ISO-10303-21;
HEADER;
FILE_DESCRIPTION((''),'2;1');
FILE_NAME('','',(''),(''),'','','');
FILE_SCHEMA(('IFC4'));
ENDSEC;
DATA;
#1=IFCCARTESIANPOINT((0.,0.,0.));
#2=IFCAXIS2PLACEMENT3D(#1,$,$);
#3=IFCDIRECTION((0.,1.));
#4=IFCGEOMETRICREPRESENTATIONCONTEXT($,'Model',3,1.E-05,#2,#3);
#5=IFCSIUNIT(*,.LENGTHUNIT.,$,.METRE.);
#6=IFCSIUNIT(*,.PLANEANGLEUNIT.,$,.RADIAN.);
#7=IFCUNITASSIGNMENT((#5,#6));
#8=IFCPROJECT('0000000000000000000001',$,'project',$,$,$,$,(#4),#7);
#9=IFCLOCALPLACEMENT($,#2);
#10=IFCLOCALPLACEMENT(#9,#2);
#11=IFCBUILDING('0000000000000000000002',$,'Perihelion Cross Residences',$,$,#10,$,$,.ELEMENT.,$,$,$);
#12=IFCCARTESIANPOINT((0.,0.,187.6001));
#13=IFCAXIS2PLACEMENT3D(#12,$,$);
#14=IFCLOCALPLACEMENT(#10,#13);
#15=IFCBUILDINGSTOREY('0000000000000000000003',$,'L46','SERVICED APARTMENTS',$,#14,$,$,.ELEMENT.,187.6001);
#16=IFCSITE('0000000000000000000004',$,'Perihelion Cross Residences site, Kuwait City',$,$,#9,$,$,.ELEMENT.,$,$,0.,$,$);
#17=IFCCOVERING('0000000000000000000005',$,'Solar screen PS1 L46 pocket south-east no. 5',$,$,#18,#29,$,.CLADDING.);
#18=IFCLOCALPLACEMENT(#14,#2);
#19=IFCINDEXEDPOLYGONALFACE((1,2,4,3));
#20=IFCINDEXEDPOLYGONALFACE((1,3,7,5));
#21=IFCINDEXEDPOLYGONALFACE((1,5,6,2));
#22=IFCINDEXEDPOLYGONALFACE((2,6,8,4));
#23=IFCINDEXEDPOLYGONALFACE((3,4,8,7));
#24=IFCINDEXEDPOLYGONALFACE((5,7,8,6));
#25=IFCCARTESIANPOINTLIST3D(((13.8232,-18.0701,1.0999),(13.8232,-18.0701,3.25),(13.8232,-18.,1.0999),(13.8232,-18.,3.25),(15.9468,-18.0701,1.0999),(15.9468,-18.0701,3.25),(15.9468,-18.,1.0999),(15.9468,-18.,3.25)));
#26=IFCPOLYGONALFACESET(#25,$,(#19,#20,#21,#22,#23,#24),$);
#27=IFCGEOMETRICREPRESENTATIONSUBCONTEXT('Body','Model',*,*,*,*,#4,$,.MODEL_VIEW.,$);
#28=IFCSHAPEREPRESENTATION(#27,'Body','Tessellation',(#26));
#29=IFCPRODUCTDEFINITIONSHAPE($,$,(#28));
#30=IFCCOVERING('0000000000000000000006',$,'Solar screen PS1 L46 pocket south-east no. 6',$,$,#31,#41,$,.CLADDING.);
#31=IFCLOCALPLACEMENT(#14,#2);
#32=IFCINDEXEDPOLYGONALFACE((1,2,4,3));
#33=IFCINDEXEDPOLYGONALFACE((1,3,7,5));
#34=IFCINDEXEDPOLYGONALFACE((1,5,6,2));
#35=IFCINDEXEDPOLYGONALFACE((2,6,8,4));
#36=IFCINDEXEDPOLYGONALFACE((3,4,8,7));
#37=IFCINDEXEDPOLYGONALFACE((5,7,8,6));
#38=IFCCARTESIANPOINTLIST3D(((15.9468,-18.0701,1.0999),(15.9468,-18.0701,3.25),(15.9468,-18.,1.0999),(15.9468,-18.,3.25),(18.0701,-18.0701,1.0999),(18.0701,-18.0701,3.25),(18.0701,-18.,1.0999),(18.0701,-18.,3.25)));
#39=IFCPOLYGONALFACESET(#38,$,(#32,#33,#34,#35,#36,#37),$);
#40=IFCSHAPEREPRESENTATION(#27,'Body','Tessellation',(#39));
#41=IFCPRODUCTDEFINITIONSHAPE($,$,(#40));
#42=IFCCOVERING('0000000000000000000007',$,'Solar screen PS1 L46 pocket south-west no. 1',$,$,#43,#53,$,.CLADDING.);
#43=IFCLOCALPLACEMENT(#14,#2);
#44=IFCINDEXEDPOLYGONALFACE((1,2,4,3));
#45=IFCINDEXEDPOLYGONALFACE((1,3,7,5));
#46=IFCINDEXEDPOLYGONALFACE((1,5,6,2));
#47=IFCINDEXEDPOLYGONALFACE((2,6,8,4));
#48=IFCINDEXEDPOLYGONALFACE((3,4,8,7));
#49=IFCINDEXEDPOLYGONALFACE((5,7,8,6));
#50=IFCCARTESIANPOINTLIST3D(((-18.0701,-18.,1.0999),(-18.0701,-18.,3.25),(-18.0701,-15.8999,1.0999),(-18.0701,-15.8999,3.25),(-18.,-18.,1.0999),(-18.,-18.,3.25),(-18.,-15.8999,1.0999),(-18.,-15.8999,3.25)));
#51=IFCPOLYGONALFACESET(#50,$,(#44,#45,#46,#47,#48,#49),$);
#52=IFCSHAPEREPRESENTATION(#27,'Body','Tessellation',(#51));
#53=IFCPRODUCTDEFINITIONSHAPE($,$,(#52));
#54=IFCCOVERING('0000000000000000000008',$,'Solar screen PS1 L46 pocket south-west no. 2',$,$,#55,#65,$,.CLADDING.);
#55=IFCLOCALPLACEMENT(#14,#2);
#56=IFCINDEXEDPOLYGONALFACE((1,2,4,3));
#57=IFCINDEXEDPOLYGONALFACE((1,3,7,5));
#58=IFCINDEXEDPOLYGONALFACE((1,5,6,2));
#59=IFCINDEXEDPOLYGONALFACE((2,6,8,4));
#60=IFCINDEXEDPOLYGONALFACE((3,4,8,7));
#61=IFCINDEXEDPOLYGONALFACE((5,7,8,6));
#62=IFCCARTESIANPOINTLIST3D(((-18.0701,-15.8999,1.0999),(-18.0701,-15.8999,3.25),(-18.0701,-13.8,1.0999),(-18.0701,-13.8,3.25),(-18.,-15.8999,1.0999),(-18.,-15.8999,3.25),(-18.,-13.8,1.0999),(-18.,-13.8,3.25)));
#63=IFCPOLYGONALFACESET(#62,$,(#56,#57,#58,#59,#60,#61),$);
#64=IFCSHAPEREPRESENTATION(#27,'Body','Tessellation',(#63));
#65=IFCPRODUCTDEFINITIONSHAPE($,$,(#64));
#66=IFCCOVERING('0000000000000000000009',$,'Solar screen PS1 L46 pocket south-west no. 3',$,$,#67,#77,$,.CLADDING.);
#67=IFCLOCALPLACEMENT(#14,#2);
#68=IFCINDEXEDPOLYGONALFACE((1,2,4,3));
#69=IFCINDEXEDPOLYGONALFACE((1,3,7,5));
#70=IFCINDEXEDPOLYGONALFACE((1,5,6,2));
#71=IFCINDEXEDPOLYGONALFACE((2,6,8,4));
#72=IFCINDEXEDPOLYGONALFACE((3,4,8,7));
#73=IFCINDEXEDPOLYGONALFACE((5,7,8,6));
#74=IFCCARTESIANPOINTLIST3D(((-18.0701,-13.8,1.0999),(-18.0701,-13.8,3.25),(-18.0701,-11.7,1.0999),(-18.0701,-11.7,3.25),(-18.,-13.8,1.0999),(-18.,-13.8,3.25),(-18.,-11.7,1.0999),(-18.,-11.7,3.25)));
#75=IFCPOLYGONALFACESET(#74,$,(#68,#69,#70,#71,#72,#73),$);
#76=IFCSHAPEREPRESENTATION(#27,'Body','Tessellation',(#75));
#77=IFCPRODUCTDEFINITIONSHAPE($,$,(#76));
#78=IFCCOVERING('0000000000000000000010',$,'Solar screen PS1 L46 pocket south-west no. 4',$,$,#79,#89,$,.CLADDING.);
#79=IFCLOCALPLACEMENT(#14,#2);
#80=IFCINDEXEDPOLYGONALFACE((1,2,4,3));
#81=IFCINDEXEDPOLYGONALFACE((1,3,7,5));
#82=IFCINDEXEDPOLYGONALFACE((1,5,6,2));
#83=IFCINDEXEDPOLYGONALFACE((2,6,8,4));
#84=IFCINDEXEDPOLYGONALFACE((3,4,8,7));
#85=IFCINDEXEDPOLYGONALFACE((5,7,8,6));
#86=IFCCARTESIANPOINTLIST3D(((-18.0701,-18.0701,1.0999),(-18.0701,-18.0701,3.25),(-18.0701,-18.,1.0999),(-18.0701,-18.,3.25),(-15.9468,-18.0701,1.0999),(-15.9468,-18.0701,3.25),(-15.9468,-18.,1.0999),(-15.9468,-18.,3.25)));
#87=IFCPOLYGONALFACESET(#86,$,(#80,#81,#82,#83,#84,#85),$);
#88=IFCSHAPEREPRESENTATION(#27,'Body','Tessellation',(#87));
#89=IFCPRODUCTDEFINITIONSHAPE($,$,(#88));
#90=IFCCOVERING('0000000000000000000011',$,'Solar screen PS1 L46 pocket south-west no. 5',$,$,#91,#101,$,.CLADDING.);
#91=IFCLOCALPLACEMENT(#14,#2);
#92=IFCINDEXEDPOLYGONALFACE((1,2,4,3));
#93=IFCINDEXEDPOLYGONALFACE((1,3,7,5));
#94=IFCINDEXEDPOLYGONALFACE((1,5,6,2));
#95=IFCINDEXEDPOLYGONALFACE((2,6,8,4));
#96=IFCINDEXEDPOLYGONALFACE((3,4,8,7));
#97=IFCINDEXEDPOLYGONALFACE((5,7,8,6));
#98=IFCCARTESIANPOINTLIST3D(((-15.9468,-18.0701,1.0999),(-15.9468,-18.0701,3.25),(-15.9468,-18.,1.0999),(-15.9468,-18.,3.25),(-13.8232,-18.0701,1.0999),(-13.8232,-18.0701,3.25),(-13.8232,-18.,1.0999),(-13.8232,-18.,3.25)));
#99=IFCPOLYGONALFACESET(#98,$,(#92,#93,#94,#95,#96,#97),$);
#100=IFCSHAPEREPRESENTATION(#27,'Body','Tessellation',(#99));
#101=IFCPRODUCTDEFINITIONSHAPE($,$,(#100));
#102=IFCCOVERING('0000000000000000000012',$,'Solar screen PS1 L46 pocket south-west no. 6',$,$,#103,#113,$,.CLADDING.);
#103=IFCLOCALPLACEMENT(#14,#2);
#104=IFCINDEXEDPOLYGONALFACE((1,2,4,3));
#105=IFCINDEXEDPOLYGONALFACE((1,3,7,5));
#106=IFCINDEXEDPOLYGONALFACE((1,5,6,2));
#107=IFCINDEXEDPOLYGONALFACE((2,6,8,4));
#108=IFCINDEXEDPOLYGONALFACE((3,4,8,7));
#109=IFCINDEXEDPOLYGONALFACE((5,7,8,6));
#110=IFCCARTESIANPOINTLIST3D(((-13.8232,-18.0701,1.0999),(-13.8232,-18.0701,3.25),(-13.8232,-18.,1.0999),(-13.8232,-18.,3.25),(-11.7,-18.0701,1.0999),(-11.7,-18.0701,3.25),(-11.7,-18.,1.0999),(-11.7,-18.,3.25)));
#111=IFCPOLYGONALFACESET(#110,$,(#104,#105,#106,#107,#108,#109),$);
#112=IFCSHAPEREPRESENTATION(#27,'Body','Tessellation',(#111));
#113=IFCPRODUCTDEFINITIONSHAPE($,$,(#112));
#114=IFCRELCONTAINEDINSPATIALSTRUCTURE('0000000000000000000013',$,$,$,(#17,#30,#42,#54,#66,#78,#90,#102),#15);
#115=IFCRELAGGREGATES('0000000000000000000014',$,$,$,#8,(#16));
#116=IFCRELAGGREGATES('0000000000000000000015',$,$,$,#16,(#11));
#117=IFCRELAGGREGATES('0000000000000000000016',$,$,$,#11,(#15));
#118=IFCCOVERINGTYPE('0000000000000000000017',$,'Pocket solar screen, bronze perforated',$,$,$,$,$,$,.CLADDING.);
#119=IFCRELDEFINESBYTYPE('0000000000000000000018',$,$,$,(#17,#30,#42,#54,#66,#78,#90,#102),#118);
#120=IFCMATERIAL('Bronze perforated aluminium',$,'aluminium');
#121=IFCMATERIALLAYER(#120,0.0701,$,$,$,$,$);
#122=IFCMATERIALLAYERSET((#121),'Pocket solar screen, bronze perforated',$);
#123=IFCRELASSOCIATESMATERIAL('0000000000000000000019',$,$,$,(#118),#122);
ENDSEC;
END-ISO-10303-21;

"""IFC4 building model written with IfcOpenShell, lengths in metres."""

from ifc_helpers import new_model, si_unit, direction, frame, origin, place, context, subcontext, project, spatial, polyline, outline, extrude, material, layer, layer_set, type_object, element, save


model = new_model("IFC4")

# Units and contexts
model_context = context("Model", 3, precision=1e-05, world=origin(), true_north=direction((0.0, 1.0)))
body_context = subcontext(model_context, "Body", "Model", "MODEL_VIEW")
ifc_project = project(units=[si_unit("LENGTHUNIT", "METRE"), si_unit("PLANEANGLEUNIT", "RADIAN")], contexts=[model_context])

# Site, building, storey
site_placement = place(None, origin())
site = spatial("IfcSite", under=ifc_project, at=site_placement, Name="Perihelion Cross Residences site, Kuwait City", CompositionType="ELEMENT", RefElevation=0.0)
building_placement = place(site_placement, origin())
building = spatial("IfcBuilding", under=site, at=building_placement, Name="Perihelion Cross Residences", CompositionType="ELEMENT")
storey_placement = place(building_placement, frame((0.0, 0.0, 187.6001)))
storey = spatial("IfcBuildingStorey", under=building, at=storey_placement, Name="L46", Description="SERVICED APARTMENTS", CompositionType="ELEMENT", Elevation=187.6001)

# Coverings
ifc_material_1 = material(Name="Bronze perforated aluminium", Category="aluminium")
ifc_layer_1 = layer(ifc_material_1, 0.0701)
ifc_layer_set_1 = layer_set([ifc_layer_1], Name="Pocket solar screen, bronze perforated")
covering_type_1 = type_object("IfcCoveringType", Name="Pocket solar screen, bronze perforated", PredefinedType="CLADDING", material=ifc_layer_set_1)
covering_1_placement = place(storey_placement, frame((0.0, 0.0, 1.0999)))
element("IfcCovering", 1, at=covering_1_placement, inside=storey, type_object=covering_type_1, Name="Solar screen PS1 L46 pocket south-east no. 5", PredefinedType="CLADDING", context=body_context, shape_type="SweptSolid", body=[
    extrude(outline(polyline([(15.9468, -18.0701), (15.9468, -18.0), (13.8232, -18.0), (13.8232, -18.0701), (15.9468, -18.0701)])), origin(), (0.0, 0.0, 1.0), 2.1501),
])
covering_2_placement = place(storey_placement, frame((0.0, 0.0, 1.0999)))
element("IfcCovering", 2, at=covering_2_placement, inside=storey, type_object=covering_type_1, Name="Solar screen PS1 L46 pocket south-east no. 6", PredefinedType="CLADDING", context=body_context, shape_type="SweptSolid", body=[
    extrude(outline(polyline([(18.0701, -18.0701), (18.0701, -18.0), (15.9468, -18.0), (15.9468, -18.0701), (18.0701, -18.0701)])), origin(), (0.0, 0.0, 1.0), 2.1501),
])
covering_3_placement = place(storey_placement, frame((0.0, 0.0, 1.0999)))
element("IfcCovering", 3, at=covering_3_placement, inside=storey, type_object=covering_type_1, Name="Solar screen PS1 L46 pocket south-west no. 1", PredefinedType="CLADDING", context=body_context, shape_type="SweptSolid", body=[
    extrude(outline(polyline([(-18.0, -18.0), (-18.0, -15.8999), (-18.0701, -15.8999), (-18.0701, -18.0), (-18.0, -18.0)])), origin(), (0.0, 0.0, 1.0), 2.1501),
])
covering_4_placement = place(storey_placement, frame((0.0, 0.0, 1.0999)))
element("IfcCovering", 4, at=covering_4_placement, inside=storey, type_object=covering_type_1, Name="Solar screen PS1 L46 pocket south-west no. 2", PredefinedType="CLADDING", context=body_context, shape_type="SweptSolid", body=[
    extrude(outline(polyline([(-18.0, -15.8999), (-18.0, -13.8), (-18.0701, -13.8), (-18.0701, -15.8999), (-18.0, -15.8999)])), origin(), (0.0, 0.0, 1.0), 2.1501),
])
covering_5_placement = place(storey_placement, frame((0.0, 0.0, 1.0999)))
element("IfcCovering", 5, at=covering_5_placement, inside=storey, type_object=covering_type_1, Name="Solar screen PS1 L46 pocket south-west no. 3", PredefinedType="CLADDING", context=body_context, shape_type="SweptSolid", body=[
    extrude(outline(polyline([(-18.0, -13.8), (-18.0, -11.7), (-18.0701, -11.7), (-18.0701, -13.8), (-18.0, -13.8)])), origin(), (0.0, 0.0, 1.0), 2.1501),
])
covering_6_placement = place(storey_placement, frame((0.0, 0.0, 1.0999)))
element("IfcCovering", 6, at=covering_6_placement, inside=storey, type_object=covering_type_1, Name="Solar screen PS1 L46 pocket south-west no. 4", PredefinedType="CLADDING", context=body_context, shape_type="SweptSolid", body=[
    extrude(outline(polyline([(-15.9468, -18.0701), (-15.9468, -18.0), (-18.0701, -18.0), (-18.0701, -18.0701), (-15.9468, -18.0701)])), origin(), (0.0, 0.0, 1.0), 2.1501),
])
covering_7_placement = place(storey_placement, frame((0.0, 0.0, 1.0999)))
element("IfcCovering", 7, at=covering_7_placement, inside=storey, type_object=covering_type_1, Name="Solar screen PS1 L46 pocket south-west no. 5", PredefinedType="CLADDING", context=body_context, shape_type="SweptSolid", body=[
    extrude(outline(polyline([(-13.8232, -18.0701), (-13.8232, -18.0), (-15.9468, -18.0), (-15.9468, -18.0701), (-13.8232, -18.0701)])), origin(), (0.0, 0.0, 1.0), 2.1501),
])
covering_8_placement = place(storey_placement, frame((0.0, 0.0, 1.0999)))
element("IfcCovering", 8, at=covering_8_placement, inside=storey, type_object=covering_type_1, Name="Solar screen PS1 L46 pocket south-west no. 6", PredefinedType="CLADDING", context=body_context, shape_type="SweptSolid", body=[
    extrude(outline(polyline([(-11.7, -18.0701), (-11.7, -18.0), (-13.8232, -18.0), (-13.8232, -18.0701), (-11.7, -18.0701)])), origin(), (0.0, 0.0, 1.0), 2.1501),
])

save(model, "model.ifc")
